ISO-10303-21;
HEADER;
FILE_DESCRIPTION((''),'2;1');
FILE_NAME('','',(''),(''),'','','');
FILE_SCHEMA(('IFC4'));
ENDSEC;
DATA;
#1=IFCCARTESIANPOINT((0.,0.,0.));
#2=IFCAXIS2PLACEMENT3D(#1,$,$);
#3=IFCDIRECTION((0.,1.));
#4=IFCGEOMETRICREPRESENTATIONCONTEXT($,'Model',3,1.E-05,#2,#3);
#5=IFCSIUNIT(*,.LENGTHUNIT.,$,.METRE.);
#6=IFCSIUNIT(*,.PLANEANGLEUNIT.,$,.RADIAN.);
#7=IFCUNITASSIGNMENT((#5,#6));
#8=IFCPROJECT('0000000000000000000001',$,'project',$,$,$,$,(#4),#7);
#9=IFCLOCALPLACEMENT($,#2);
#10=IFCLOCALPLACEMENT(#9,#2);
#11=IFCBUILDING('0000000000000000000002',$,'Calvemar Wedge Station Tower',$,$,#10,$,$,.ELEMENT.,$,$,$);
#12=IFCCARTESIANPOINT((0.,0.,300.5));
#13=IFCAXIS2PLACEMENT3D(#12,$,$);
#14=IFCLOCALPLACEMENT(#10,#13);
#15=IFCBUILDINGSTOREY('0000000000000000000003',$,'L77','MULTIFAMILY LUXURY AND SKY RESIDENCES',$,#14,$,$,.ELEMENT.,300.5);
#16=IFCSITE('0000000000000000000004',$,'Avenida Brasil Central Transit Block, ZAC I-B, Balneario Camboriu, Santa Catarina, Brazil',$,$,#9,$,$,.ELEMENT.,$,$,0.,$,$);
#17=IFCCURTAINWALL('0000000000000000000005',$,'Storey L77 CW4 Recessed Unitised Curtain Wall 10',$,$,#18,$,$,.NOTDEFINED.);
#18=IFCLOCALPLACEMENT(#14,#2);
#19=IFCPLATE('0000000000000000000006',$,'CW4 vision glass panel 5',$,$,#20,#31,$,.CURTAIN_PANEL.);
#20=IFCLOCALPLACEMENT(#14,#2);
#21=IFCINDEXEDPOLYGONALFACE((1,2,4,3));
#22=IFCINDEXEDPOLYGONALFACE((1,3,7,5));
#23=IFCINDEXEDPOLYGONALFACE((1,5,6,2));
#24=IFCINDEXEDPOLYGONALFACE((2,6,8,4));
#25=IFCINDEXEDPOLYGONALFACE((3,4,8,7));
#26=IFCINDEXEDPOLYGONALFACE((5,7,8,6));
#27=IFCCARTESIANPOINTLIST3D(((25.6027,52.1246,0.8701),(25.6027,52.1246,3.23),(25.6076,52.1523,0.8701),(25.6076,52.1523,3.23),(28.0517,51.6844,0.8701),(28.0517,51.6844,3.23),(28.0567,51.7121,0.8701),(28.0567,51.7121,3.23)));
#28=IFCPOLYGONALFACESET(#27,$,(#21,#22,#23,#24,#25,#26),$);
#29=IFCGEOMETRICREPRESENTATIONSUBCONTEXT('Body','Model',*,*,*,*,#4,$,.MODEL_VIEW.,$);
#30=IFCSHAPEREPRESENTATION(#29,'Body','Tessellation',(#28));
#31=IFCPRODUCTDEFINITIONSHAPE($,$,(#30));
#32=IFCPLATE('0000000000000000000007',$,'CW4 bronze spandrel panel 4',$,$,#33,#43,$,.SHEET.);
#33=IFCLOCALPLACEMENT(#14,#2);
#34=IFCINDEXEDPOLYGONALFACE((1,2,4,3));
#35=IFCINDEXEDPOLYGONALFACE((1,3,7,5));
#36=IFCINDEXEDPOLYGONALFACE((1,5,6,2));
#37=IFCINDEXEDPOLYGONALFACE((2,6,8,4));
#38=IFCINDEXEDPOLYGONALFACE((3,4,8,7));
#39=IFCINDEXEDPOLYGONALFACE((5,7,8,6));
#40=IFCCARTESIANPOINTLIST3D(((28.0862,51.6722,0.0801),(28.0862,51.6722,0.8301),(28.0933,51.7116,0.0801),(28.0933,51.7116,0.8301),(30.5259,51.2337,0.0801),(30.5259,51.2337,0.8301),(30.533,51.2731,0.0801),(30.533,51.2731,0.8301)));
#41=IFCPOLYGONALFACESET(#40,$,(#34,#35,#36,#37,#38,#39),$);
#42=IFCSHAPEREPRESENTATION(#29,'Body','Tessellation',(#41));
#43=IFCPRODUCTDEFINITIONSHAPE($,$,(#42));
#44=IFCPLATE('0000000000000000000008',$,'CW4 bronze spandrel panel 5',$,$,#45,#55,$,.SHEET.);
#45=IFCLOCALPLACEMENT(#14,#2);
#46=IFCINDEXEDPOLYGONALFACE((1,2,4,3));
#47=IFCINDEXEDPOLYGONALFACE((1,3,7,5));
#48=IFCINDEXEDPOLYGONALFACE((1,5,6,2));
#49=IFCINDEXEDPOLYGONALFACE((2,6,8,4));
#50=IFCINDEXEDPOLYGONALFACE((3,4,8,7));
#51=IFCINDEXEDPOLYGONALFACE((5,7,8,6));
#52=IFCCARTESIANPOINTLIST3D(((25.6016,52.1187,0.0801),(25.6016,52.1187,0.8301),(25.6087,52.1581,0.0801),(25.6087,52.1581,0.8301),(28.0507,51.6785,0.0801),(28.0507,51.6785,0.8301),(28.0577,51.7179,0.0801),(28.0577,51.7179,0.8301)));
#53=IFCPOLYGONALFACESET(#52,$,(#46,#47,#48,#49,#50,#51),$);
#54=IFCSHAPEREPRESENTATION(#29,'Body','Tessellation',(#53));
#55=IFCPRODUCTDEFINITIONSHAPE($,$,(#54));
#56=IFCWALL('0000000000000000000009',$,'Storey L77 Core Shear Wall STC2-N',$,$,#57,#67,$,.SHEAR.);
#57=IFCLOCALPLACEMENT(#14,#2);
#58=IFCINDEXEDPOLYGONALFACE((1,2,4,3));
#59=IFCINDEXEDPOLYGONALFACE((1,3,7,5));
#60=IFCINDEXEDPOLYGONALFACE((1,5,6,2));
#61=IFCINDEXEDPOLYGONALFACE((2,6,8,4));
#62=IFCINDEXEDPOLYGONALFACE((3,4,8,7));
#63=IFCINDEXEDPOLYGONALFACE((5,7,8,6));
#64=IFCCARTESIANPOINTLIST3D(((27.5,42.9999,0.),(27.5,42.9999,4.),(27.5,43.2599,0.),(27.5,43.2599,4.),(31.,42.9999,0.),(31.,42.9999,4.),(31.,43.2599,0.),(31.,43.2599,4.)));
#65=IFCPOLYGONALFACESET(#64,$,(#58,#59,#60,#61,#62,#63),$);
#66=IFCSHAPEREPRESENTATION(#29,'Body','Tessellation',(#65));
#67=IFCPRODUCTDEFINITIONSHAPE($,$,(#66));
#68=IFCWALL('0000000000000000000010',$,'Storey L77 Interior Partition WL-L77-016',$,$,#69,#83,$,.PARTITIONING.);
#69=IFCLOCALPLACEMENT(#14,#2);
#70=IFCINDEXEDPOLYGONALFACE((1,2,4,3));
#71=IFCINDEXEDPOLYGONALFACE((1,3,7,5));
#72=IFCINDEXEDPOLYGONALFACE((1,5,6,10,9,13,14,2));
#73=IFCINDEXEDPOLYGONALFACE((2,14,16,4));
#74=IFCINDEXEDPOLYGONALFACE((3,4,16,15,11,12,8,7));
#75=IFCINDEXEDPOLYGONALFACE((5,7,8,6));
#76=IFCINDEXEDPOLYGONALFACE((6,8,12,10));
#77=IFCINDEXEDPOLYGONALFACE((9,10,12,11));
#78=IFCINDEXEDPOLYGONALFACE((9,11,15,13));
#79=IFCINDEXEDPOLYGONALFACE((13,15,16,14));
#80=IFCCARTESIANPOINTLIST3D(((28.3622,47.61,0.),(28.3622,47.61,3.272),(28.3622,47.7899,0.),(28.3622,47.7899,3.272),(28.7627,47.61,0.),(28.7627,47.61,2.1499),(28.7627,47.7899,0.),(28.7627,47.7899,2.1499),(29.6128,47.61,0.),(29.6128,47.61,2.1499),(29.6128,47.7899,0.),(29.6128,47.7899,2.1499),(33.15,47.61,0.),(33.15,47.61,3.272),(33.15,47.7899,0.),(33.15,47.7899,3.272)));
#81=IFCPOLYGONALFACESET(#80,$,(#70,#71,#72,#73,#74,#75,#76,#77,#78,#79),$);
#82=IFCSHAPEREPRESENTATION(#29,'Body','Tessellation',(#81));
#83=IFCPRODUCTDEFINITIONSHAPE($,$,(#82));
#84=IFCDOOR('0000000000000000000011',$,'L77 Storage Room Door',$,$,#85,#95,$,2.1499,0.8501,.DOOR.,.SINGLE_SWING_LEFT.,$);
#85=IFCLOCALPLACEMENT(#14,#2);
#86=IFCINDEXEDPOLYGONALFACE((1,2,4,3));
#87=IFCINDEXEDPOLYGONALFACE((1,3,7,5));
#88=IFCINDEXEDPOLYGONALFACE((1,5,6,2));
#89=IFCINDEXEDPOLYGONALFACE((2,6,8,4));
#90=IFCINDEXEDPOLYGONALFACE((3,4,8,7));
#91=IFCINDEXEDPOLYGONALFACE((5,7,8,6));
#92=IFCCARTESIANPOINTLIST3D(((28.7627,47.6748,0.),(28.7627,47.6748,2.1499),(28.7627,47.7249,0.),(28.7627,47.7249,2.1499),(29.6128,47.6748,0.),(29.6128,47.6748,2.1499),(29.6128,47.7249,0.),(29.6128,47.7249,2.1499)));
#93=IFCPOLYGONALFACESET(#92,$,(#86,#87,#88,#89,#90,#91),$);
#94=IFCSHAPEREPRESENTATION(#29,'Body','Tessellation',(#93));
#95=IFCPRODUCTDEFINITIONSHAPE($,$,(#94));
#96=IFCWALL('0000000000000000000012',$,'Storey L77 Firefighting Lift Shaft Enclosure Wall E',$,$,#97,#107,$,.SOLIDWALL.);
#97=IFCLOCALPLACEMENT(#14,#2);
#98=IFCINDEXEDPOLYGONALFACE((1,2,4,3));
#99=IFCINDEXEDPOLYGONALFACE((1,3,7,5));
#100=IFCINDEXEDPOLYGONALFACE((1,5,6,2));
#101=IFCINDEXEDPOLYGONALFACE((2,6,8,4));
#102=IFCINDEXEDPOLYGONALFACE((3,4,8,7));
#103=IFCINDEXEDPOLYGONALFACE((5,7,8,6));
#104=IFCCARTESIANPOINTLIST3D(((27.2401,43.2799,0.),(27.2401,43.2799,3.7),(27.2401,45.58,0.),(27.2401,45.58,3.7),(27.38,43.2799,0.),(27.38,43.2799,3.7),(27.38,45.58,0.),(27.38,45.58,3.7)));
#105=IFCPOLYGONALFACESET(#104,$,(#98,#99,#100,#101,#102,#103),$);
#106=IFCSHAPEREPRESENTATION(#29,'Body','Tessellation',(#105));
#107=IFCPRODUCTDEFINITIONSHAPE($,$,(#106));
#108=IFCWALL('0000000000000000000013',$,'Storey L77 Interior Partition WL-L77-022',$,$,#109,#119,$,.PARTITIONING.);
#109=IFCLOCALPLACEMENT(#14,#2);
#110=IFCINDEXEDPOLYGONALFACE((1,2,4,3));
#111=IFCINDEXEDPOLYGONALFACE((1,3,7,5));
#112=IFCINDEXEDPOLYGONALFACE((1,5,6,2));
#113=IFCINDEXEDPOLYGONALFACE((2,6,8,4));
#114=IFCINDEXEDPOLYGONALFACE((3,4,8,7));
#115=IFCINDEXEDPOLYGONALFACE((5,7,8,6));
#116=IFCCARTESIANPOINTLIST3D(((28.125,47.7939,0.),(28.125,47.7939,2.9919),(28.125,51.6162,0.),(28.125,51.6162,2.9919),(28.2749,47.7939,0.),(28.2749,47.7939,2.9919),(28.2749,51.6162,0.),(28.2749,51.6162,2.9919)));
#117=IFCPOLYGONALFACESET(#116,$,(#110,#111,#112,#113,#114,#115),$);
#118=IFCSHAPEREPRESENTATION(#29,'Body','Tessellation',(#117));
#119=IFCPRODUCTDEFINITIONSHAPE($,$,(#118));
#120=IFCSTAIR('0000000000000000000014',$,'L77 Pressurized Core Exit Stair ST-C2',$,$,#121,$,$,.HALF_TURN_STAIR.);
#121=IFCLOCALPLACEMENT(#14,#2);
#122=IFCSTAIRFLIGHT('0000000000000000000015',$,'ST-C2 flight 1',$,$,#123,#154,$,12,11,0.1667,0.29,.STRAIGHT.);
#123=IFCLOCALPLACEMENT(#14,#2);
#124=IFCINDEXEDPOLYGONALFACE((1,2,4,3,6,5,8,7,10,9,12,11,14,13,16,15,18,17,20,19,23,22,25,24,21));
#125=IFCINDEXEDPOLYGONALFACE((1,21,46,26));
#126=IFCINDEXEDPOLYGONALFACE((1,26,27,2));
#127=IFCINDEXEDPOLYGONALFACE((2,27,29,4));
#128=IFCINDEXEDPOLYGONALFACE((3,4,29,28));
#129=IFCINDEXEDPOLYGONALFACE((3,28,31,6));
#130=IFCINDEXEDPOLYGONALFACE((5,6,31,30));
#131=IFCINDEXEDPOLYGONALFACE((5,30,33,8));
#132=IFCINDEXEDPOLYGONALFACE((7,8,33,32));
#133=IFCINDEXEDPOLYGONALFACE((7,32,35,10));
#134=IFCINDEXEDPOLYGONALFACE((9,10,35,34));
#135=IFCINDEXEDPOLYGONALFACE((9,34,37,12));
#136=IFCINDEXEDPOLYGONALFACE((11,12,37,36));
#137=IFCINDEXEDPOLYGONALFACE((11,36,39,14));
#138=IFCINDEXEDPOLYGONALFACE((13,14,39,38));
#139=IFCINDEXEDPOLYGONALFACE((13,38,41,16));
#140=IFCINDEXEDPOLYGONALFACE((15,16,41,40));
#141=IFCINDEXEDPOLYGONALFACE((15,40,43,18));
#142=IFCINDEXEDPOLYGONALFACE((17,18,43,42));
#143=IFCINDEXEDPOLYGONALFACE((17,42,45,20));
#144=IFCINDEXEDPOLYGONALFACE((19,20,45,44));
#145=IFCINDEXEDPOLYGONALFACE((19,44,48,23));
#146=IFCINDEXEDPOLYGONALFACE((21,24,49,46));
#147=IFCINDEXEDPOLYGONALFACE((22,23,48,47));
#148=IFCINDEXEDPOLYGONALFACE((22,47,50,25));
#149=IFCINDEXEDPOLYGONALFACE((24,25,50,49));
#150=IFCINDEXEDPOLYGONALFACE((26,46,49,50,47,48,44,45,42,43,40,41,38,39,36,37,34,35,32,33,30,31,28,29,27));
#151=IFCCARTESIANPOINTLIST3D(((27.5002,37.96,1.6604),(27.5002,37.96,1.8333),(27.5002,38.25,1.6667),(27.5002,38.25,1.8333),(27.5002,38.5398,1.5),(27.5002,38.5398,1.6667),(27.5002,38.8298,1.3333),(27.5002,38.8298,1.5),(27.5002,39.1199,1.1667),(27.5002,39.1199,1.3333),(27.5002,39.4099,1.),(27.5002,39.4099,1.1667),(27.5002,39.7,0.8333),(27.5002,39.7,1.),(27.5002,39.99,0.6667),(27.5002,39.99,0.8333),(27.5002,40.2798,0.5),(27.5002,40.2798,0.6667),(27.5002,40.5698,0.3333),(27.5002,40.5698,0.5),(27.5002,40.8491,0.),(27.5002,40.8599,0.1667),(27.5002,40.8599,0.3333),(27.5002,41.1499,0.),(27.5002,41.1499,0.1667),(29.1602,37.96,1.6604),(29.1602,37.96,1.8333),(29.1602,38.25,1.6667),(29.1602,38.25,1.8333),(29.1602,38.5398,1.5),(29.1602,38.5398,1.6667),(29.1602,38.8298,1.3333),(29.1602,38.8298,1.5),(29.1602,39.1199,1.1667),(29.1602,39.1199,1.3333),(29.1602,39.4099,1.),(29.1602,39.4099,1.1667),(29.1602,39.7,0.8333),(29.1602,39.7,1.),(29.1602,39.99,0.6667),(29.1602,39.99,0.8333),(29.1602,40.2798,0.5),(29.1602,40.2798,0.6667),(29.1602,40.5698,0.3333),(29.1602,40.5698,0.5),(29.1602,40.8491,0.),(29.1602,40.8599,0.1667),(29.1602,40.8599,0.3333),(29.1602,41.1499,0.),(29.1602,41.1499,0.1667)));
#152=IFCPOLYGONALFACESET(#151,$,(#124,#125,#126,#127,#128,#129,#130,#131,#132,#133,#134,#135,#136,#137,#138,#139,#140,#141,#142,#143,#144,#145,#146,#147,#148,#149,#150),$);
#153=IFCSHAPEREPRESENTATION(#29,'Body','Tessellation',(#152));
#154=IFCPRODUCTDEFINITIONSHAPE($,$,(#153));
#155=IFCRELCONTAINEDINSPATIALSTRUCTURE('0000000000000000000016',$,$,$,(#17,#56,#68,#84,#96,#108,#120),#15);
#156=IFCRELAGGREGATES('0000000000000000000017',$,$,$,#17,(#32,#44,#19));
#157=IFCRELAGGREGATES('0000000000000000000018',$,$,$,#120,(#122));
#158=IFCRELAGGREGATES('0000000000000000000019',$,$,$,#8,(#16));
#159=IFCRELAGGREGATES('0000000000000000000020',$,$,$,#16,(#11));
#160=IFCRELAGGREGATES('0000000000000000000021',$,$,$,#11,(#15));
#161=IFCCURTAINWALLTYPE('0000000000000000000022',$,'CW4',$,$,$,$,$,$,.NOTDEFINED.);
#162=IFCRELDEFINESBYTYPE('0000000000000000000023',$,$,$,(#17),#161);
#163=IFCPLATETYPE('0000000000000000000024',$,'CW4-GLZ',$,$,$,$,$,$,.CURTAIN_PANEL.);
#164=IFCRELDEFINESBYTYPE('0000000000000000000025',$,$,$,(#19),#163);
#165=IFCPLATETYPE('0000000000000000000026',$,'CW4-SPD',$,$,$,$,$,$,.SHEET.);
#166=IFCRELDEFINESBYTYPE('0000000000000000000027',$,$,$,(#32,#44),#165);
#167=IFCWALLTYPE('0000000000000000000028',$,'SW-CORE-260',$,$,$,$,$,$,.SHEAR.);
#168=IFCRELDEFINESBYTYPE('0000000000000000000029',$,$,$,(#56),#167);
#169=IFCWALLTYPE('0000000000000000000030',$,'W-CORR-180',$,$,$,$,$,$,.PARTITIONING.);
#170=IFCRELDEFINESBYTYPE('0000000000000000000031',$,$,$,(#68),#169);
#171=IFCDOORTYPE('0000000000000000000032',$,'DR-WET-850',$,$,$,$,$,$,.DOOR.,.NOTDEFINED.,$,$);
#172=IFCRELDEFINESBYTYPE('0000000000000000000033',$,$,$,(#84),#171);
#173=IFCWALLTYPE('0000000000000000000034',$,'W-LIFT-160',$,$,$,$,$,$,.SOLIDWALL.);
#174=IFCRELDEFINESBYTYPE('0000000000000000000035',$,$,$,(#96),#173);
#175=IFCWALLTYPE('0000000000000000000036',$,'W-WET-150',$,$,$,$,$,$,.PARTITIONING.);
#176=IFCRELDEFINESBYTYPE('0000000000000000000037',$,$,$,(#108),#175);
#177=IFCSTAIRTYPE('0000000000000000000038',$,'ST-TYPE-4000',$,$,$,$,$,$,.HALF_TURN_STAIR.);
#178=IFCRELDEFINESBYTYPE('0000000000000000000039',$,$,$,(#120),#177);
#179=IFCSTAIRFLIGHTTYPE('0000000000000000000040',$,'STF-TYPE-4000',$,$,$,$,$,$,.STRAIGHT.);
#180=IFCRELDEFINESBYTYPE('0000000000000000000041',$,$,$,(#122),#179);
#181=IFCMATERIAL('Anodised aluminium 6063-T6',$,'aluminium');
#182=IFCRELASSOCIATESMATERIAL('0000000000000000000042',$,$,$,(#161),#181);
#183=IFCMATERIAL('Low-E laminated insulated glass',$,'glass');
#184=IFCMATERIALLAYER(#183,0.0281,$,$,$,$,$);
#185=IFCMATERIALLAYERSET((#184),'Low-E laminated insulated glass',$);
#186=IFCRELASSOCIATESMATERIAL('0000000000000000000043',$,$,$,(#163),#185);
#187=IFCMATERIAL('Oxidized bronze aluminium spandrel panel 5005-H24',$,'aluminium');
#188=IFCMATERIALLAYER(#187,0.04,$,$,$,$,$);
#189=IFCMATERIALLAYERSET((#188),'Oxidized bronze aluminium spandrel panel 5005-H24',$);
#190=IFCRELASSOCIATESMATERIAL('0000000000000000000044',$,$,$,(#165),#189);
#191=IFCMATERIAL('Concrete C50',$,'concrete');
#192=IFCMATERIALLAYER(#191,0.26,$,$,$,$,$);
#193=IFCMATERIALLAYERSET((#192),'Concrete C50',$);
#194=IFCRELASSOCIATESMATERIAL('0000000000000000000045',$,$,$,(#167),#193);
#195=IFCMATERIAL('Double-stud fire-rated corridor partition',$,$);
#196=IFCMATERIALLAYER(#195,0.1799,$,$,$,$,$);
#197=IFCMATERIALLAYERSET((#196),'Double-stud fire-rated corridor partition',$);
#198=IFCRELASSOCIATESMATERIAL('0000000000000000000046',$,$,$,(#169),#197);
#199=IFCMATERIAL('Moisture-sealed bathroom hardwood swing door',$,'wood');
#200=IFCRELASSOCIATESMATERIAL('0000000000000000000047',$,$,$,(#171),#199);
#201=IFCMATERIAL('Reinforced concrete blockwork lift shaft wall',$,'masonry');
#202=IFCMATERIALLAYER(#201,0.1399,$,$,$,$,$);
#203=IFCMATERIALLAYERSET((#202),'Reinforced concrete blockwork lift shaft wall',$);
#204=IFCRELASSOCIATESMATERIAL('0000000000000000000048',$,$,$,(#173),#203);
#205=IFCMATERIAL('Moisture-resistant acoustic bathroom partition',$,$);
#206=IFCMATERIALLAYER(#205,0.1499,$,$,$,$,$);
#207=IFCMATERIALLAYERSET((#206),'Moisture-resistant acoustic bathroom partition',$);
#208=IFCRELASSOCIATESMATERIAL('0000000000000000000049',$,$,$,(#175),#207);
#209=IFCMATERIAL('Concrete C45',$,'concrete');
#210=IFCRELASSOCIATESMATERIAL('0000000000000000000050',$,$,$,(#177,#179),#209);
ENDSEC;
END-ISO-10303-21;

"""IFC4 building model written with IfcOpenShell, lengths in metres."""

from ifc_helpers import new_model, si_unit, direction, frame, frame_2d, origin, place, context, subcontext, project, spatial, polyline, rectangle, outline, extrude, source, transform, mapped, material, layer, layer_set, type_object, element, fill, aggregate, save


model = new_model("IFC4")

# Units and contexts
model_context = context("Model", 3, precision=1e-05, world=origin(), true_north=direction((0.0, 1.0)))
body_context = subcontext(model_context, "Body", "Model", "MODEL_VIEW")
ifc_project = project(units=[si_unit("LENGTHUNIT", "METRE"), si_unit("PLANEANGLEUNIT", "RADIAN")], contexts=[model_context])

# Site, building, storey
site_placement = place(None, origin())
site = spatial("IfcSite", under=ifc_project, at=site_placement, Name="Avenida Brasil Central Transit Block, ZAC I-B, Balneario Camboriu, Santa Catarina, Brazil", CompositionType="ELEMENT", RefElevation=0.0)
building_placement = place(site_placement, origin())
building = spatial("IfcBuilding", under=site, at=building_placement, Name="Calvemar Wedge Station Tower", CompositionType="ELEMENT")
storey_placement = place(building_placement, frame((0.0, 0.0, 300.5)))
storey = spatial("IfcBuildingStorey", under=building, at=storey_placement, Name="L77", Description="MULTIFAMILY LUXURY AND SKY RESIDENCES", CompositionType="ELEMENT", Elevation=300.5)

# Shared definitions
ifc_material_1 = material(Name="Concrete C50", Category="concrete")

# Curtain wall, plates
ifc_material_2 = material(Name="Anodised aluminium 6063-T6", Category="aluminium")
curtain_wall_type = type_object("IfcCurtainWallType", Name="CW4", PredefinedType="NOTDEFINED", material=ifc_material_2)
curtain_wall_placement = place(storey_placement, origin())
curtain_wall = element("IfcCurtainWall", 1, at=curtain_wall_placement, inside=storey, type_object=curtain_wall_type, Name="Storey L77 CW4 Recessed Unitised Curtain Wall 10", PredefinedType="NOTDEFINED")
ifc_material_3 = material(Name="Low-E laminated insulated glass", Category="glass")
ifc_layer_1 = layer(ifc_material_3, 0.0281)
ifc_layer_set_1 = layer_set([ifc_layer_1], Name="Low-E laminated insulated glass")
plate_type_1 = type_object("IfcPlateType", Name="CW4-GLZ", PredefinedType="CURTAIN_PANEL", material=ifc_layer_set_1)
plate_1_placement = place(storey_placement, frame((28.0542, 51.6982, 0.8701), z_axis=(0.0, 0.0, 1.0), x_axis=(-0.984227, 0.176908, 0.0)))
plate_1 = element("IfcPlate", 2, at=plate_1_placement, type_object=plate_type_1, Name="CW4 vision glass panel 5", PredefinedType="CURTAIN_PANEL", context=body_context, shape_type="SweptSolid", body=[
    extrude(rectangle(XDim=2.4883, YDim=0.0281, at=frame_2d((1.2441, 0.0))), origin(), (0.0, 0.0, 1.0), 2.3599),
])
ifc_material_4 = material(Name="Oxidized bronze aluminium spandrel panel 5005-H24", Category="aluminium")
ifc_layer_2 = layer(ifc_material_4, 0.04)
ifc_layer_set_2 = layer_set([ifc_layer_2], Name="Oxidized bronze aluminium spandrel panel 5005-H24")
plate_type_2 = type_object("IfcPlateType", Name="CW4-SPD", PredefinedType="SHEET", material=ifc_layer_set_2)
plate_2_placement = place(storey_placement, frame((30.5293, 51.2534, 0.0801), z_axis=(0.0, 0.0, 1.0), x_axis=(-0.98423, 0.176892, 0.0)))
plate_2 = element("IfcPlate", 3, at=plate_2_placement, type_object=plate_type_2, Name="CW4 bronze spandrel panel 4", PredefinedType="SHEET", context=body_context, shape_type="SweptSolid", body=[
    extrude(rectangle(XDim=2.4788, YDim=0.04, at=frame_2d((1.2393, 0.0))), origin(), (0.0, 0.0, 1.0), 0.75),
])
plate_3_placement = place(storey_placement, frame((28.0542, 51.6982, 0.0801), z_axis=(0.0, 0.0, 1.0), x_axis=(-0.984227, 0.176908, 0.0)))
plate_3 = element("IfcPlate", 4, at=plate_3_placement, type_object=plate_type_2, Name="CW4 bronze spandrel panel 5", PredefinedType="SHEET", context=body_context, shape_type="SweptSolid", body=[
    extrude(rectangle(XDim=2.4883, YDim=0.04, at=frame_2d((1.2441, 0.0))), origin(), (0.0, 0.0, 1.0), 0.75),
])
aggregate(curtain_wall, [plate_2, plate_3, plate_1])

# Wall
ifc_layer_3 = layer(ifc_material_1, 0.26)
ifc_layer_set_3 = layer_set([ifc_layer_3], Name="Concrete C50")
wall_type_1 = type_object("IfcWallType", Name="SW-CORE-260", PredefinedType="SHEAR", material=ifc_layer_set_3)
wall_1_placement = place(storey_placement, frame((27.5, 43.1299, 0.0), z_axis=(0.0, 0.0, 1.0), x_axis=(1.0, 0.0, 0.0)))
element("IfcWall", 5, at=wall_1_placement, inside=storey, type_object=wall_type_1, Name="Storey L77 Core Shear Wall STC2-N", PredefinedType="SHEAR", context=body_context, shape_type="SweptSolid", body=[
    extrude(rectangle(XDim=3.5, YDim=0.26, at=frame_2d((1.75, 0.0))), origin(), (0.0, 0.0, 1.0), 4.0),
])

# Wall, opening, door
ifc_material_5 = material(Name="Double-stud fire-rated corridor partition")
ifc_layer_4 = layer(ifc_material_5, 0.1799)
ifc_layer_set_4 = layer_set([ifc_layer_4], Name="Double-stud fire-rated corridor partition")
wall_type_2 = type_object("IfcWallType", Name="W-CORR-180", PredefinedType="PARTITIONING", material=ifc_layer_set_4)
wall_2_placement = place(storey_placement, frame((28.3621, 47.7, 0.0), z_axis=(0.0, 0.0, 1.0), x_axis=(1.0, 0.0, 0.0)))
wall_2 = element("IfcWall", 6, at=wall_2_placement, inside=storey, type_object=wall_type_2, Name="Storey L77 Interior Partition WL-L77-016", PredefinedType="PARTITIONING", context=body_context, shape_type="SweptSolid", body=[
    extrude(rectangle(XDim=4.7878, YDim=0.1799, at=frame_2d((2.394, 0.0))), origin(), (0.0, 0.0, 1.0), 3.272),
])
shared_shape_1 = source(origin(), body_context, "Body", "SweptSolid", [
    extrude(rectangle(XDim=0.8501, YDim=2.1499, at=frame_2d((0.425, 1.075))), frame((0.0, 0.1001, 0.0), z_axis=(0.0, -1.0, 0.0), x_axis=(1.0, 0.0, 0.0)), (0.0, 0.0, 1.0), 0.2),
])
opening_placement = place(wall_2_placement, frame((0.4006, 0.0, 0.0)))
opening = element("IfcOpeningElement", 7, at=opening_placement, cuts=wall_2, PredefinedType="OPENING", context=body_context, shape_type="MappedRepresentation", body=[
    mapped(shared_shape_1, transform((0.0, 0.0, 0.0), scale=1.0)),
])
ifc_material_6 = material(Name="Moisture-sealed bathroom hardwood swing door", Category="wood")
door_type = type_object("IfcDoorType", Name="DR-WET-850", OperationType="NOTDEFINED", PredefinedType="DOOR", material=ifc_material_6)
shared_shape_2 = source(origin(), body_context, "Body", "SweptSolid", [
    extrude(rectangle(XDim=0.8501, YDim=2.1499, at=frame_2d((0.425, 1.075))), frame((0.0, 0.0249, 0.0), z_axis=(0.0, -1.0, 0.0), x_axis=(1.0, 0.0, 0.0)), (0.0, 0.0, 1.0), 0.05),
])
door_placement = place(opening_placement, origin())
door = element("IfcDoor", 8, at=door_placement, inside=storey, type_object=door_type, Name="L77 Storage Room Door", OperationType="SINGLE_SWING_LEFT", OverallHeight=2.1499, OverallWidth=0.8501, PredefinedType="DOOR", context=body_context, shape_type="MappedRepresentation", body=[
    mapped(shared_shape_2, transform((0.0, 0.0, 0.0), scale=1.0)),
])
fill(opening, door)

# Walls
ifc_material_7 = material(Name="Reinforced concrete blockwork lift shaft wall", Category="masonry")
ifc_layer_5 = layer(ifc_material_7, 0.1399)
ifc_layer_set_5 = layer_set([ifc_layer_5], Name="Reinforced concrete blockwork lift shaft wall")
wall_type_3 = type_object("IfcWallType", Name="W-LIFT-160", PredefinedType="SOLIDWALL", material=ifc_layer_set_5)
wall_3_placement = place(storey_placement, frame((27.3101, 43.28, 0.0), z_axis=(0.0, 0.0, 1.0), x_axis=(0.0, 1.0, 0.0)))
element("IfcWall", 9, at=wall_3_placement, inside=storey, type_object=wall_type_3, Name="Storey L77 Firefighting Lift Shaft Enclosure Wall E", PredefinedType="SOLIDWALL", context=body_context, shape_type="SweptSolid", body=[
    extrude(rectangle(XDim=2.3, YDim=0.1399, at=frame_2d((1.1499, 0.0))), origin(), (0.0, 0.0, 1.0), 3.7),
])
ifc_material_8 = material(Name="Moisture-resistant acoustic bathroom partition")
ifc_layer_6 = layer(ifc_material_8, 0.1499)
ifc_layer_set_6 = layer_set([ifc_layer_6], Name="Moisture-resistant acoustic bathroom partition")
wall_type_4 = type_object("IfcWallType", Name="W-WET-150", PredefinedType="PARTITIONING", material=ifc_layer_set_6)
wall_4_placement = place(storey_placement, frame((28.2, 51.6162, 0.0), z_axis=(0.0, 0.0, 1.0), x_axis=(0.0, -1.0, 0.0)))
element("IfcWall", 10, at=wall_4_placement, inside=storey, type_object=wall_type_4, Name="Storey L77 Interior Partition WL-L77-022", PredefinedType="PARTITIONING", context=body_context, shape_type="SweptSolid", body=[
    extrude(rectangle(XDim=3.8223, YDim=0.1499, at=frame_2d((1.9111, 0.0))), origin(), (0.0, 0.0, 1.0), 2.9919),
])

# Stair, stair flight
ifc_material_9 = material(Name="Concrete C45", Category="concrete")
stair_type = type_object("IfcStairType", Name="ST-TYPE-4000", PredefinedType="HALF_TURN_STAIR", material=ifc_material_9)
stair_placement = place(storey_placement, origin())
stair = element("IfcStair", 11, at=stair_placement, inside=storey, type_object=stair_type, Name="L77 Pressurized Core Exit Stair ST-C2", PredefinedType="HALF_TURN_STAIR")
stair_flight_type = type_object("IfcStairFlightType", Name="STF-TYPE-4000", PredefinedType="STRAIGHT", material=ifc_material_9)
stair_flight_placement = place(storey_placement, frame((28.3301, 41.1499, 0.0), z_axis=(0.0, 0.0, 1.0), x_axis=(0.0, -1.0, 0.0)))
stair_flight = element("IfcStairFlight", 12, at=stair_flight_placement, type_object=stair_flight_type, Name="ST-C2 flight 1", NumberOfRisers=12, NumberOfTreads=11, PredefinedType="STRAIGHT", RiserHeight=0.1667, TreadLength=0.29, context=body_context, shape_type="SweptSolid", body=[
    extrude(outline(polyline([(0.0, 0.0), (0.0, 0.1667), (0.29, 0.1667), (0.29, 0.3333), (0.5801, 0.3333), (0.5801, 0.5), (0.8701, 0.5), (0.8701, 0.6667), (1.1599, 0.6667), (1.1599, 0.8333), (1.45, 0.8333), (1.45, 1.0), (1.74, 1.0), (1.74, 1.1667), (2.03, 1.1667), (2.03, 1.3333), (2.3201, 1.3333), (2.3201, 1.5), (2.6101, 1.5), (2.6101, 1.6667), (2.8999, 1.6667), (2.8999, 1.8333), (3.1899, 1.8333), (3.1899, 2.0), (3.1899, 1.6604), (0.3008, 0.0), (0.0, 0.0)])), frame((0.0, 0.8301, 0.0), z_axis=(0.0, -1.0, 0.0), x_axis=(1.0, 0.0, 0.0)), (0.0, 0.0, 1.0), 1.6599),
])
aggregate(stair, [stair_flight])

save(model, "model.ifc")
